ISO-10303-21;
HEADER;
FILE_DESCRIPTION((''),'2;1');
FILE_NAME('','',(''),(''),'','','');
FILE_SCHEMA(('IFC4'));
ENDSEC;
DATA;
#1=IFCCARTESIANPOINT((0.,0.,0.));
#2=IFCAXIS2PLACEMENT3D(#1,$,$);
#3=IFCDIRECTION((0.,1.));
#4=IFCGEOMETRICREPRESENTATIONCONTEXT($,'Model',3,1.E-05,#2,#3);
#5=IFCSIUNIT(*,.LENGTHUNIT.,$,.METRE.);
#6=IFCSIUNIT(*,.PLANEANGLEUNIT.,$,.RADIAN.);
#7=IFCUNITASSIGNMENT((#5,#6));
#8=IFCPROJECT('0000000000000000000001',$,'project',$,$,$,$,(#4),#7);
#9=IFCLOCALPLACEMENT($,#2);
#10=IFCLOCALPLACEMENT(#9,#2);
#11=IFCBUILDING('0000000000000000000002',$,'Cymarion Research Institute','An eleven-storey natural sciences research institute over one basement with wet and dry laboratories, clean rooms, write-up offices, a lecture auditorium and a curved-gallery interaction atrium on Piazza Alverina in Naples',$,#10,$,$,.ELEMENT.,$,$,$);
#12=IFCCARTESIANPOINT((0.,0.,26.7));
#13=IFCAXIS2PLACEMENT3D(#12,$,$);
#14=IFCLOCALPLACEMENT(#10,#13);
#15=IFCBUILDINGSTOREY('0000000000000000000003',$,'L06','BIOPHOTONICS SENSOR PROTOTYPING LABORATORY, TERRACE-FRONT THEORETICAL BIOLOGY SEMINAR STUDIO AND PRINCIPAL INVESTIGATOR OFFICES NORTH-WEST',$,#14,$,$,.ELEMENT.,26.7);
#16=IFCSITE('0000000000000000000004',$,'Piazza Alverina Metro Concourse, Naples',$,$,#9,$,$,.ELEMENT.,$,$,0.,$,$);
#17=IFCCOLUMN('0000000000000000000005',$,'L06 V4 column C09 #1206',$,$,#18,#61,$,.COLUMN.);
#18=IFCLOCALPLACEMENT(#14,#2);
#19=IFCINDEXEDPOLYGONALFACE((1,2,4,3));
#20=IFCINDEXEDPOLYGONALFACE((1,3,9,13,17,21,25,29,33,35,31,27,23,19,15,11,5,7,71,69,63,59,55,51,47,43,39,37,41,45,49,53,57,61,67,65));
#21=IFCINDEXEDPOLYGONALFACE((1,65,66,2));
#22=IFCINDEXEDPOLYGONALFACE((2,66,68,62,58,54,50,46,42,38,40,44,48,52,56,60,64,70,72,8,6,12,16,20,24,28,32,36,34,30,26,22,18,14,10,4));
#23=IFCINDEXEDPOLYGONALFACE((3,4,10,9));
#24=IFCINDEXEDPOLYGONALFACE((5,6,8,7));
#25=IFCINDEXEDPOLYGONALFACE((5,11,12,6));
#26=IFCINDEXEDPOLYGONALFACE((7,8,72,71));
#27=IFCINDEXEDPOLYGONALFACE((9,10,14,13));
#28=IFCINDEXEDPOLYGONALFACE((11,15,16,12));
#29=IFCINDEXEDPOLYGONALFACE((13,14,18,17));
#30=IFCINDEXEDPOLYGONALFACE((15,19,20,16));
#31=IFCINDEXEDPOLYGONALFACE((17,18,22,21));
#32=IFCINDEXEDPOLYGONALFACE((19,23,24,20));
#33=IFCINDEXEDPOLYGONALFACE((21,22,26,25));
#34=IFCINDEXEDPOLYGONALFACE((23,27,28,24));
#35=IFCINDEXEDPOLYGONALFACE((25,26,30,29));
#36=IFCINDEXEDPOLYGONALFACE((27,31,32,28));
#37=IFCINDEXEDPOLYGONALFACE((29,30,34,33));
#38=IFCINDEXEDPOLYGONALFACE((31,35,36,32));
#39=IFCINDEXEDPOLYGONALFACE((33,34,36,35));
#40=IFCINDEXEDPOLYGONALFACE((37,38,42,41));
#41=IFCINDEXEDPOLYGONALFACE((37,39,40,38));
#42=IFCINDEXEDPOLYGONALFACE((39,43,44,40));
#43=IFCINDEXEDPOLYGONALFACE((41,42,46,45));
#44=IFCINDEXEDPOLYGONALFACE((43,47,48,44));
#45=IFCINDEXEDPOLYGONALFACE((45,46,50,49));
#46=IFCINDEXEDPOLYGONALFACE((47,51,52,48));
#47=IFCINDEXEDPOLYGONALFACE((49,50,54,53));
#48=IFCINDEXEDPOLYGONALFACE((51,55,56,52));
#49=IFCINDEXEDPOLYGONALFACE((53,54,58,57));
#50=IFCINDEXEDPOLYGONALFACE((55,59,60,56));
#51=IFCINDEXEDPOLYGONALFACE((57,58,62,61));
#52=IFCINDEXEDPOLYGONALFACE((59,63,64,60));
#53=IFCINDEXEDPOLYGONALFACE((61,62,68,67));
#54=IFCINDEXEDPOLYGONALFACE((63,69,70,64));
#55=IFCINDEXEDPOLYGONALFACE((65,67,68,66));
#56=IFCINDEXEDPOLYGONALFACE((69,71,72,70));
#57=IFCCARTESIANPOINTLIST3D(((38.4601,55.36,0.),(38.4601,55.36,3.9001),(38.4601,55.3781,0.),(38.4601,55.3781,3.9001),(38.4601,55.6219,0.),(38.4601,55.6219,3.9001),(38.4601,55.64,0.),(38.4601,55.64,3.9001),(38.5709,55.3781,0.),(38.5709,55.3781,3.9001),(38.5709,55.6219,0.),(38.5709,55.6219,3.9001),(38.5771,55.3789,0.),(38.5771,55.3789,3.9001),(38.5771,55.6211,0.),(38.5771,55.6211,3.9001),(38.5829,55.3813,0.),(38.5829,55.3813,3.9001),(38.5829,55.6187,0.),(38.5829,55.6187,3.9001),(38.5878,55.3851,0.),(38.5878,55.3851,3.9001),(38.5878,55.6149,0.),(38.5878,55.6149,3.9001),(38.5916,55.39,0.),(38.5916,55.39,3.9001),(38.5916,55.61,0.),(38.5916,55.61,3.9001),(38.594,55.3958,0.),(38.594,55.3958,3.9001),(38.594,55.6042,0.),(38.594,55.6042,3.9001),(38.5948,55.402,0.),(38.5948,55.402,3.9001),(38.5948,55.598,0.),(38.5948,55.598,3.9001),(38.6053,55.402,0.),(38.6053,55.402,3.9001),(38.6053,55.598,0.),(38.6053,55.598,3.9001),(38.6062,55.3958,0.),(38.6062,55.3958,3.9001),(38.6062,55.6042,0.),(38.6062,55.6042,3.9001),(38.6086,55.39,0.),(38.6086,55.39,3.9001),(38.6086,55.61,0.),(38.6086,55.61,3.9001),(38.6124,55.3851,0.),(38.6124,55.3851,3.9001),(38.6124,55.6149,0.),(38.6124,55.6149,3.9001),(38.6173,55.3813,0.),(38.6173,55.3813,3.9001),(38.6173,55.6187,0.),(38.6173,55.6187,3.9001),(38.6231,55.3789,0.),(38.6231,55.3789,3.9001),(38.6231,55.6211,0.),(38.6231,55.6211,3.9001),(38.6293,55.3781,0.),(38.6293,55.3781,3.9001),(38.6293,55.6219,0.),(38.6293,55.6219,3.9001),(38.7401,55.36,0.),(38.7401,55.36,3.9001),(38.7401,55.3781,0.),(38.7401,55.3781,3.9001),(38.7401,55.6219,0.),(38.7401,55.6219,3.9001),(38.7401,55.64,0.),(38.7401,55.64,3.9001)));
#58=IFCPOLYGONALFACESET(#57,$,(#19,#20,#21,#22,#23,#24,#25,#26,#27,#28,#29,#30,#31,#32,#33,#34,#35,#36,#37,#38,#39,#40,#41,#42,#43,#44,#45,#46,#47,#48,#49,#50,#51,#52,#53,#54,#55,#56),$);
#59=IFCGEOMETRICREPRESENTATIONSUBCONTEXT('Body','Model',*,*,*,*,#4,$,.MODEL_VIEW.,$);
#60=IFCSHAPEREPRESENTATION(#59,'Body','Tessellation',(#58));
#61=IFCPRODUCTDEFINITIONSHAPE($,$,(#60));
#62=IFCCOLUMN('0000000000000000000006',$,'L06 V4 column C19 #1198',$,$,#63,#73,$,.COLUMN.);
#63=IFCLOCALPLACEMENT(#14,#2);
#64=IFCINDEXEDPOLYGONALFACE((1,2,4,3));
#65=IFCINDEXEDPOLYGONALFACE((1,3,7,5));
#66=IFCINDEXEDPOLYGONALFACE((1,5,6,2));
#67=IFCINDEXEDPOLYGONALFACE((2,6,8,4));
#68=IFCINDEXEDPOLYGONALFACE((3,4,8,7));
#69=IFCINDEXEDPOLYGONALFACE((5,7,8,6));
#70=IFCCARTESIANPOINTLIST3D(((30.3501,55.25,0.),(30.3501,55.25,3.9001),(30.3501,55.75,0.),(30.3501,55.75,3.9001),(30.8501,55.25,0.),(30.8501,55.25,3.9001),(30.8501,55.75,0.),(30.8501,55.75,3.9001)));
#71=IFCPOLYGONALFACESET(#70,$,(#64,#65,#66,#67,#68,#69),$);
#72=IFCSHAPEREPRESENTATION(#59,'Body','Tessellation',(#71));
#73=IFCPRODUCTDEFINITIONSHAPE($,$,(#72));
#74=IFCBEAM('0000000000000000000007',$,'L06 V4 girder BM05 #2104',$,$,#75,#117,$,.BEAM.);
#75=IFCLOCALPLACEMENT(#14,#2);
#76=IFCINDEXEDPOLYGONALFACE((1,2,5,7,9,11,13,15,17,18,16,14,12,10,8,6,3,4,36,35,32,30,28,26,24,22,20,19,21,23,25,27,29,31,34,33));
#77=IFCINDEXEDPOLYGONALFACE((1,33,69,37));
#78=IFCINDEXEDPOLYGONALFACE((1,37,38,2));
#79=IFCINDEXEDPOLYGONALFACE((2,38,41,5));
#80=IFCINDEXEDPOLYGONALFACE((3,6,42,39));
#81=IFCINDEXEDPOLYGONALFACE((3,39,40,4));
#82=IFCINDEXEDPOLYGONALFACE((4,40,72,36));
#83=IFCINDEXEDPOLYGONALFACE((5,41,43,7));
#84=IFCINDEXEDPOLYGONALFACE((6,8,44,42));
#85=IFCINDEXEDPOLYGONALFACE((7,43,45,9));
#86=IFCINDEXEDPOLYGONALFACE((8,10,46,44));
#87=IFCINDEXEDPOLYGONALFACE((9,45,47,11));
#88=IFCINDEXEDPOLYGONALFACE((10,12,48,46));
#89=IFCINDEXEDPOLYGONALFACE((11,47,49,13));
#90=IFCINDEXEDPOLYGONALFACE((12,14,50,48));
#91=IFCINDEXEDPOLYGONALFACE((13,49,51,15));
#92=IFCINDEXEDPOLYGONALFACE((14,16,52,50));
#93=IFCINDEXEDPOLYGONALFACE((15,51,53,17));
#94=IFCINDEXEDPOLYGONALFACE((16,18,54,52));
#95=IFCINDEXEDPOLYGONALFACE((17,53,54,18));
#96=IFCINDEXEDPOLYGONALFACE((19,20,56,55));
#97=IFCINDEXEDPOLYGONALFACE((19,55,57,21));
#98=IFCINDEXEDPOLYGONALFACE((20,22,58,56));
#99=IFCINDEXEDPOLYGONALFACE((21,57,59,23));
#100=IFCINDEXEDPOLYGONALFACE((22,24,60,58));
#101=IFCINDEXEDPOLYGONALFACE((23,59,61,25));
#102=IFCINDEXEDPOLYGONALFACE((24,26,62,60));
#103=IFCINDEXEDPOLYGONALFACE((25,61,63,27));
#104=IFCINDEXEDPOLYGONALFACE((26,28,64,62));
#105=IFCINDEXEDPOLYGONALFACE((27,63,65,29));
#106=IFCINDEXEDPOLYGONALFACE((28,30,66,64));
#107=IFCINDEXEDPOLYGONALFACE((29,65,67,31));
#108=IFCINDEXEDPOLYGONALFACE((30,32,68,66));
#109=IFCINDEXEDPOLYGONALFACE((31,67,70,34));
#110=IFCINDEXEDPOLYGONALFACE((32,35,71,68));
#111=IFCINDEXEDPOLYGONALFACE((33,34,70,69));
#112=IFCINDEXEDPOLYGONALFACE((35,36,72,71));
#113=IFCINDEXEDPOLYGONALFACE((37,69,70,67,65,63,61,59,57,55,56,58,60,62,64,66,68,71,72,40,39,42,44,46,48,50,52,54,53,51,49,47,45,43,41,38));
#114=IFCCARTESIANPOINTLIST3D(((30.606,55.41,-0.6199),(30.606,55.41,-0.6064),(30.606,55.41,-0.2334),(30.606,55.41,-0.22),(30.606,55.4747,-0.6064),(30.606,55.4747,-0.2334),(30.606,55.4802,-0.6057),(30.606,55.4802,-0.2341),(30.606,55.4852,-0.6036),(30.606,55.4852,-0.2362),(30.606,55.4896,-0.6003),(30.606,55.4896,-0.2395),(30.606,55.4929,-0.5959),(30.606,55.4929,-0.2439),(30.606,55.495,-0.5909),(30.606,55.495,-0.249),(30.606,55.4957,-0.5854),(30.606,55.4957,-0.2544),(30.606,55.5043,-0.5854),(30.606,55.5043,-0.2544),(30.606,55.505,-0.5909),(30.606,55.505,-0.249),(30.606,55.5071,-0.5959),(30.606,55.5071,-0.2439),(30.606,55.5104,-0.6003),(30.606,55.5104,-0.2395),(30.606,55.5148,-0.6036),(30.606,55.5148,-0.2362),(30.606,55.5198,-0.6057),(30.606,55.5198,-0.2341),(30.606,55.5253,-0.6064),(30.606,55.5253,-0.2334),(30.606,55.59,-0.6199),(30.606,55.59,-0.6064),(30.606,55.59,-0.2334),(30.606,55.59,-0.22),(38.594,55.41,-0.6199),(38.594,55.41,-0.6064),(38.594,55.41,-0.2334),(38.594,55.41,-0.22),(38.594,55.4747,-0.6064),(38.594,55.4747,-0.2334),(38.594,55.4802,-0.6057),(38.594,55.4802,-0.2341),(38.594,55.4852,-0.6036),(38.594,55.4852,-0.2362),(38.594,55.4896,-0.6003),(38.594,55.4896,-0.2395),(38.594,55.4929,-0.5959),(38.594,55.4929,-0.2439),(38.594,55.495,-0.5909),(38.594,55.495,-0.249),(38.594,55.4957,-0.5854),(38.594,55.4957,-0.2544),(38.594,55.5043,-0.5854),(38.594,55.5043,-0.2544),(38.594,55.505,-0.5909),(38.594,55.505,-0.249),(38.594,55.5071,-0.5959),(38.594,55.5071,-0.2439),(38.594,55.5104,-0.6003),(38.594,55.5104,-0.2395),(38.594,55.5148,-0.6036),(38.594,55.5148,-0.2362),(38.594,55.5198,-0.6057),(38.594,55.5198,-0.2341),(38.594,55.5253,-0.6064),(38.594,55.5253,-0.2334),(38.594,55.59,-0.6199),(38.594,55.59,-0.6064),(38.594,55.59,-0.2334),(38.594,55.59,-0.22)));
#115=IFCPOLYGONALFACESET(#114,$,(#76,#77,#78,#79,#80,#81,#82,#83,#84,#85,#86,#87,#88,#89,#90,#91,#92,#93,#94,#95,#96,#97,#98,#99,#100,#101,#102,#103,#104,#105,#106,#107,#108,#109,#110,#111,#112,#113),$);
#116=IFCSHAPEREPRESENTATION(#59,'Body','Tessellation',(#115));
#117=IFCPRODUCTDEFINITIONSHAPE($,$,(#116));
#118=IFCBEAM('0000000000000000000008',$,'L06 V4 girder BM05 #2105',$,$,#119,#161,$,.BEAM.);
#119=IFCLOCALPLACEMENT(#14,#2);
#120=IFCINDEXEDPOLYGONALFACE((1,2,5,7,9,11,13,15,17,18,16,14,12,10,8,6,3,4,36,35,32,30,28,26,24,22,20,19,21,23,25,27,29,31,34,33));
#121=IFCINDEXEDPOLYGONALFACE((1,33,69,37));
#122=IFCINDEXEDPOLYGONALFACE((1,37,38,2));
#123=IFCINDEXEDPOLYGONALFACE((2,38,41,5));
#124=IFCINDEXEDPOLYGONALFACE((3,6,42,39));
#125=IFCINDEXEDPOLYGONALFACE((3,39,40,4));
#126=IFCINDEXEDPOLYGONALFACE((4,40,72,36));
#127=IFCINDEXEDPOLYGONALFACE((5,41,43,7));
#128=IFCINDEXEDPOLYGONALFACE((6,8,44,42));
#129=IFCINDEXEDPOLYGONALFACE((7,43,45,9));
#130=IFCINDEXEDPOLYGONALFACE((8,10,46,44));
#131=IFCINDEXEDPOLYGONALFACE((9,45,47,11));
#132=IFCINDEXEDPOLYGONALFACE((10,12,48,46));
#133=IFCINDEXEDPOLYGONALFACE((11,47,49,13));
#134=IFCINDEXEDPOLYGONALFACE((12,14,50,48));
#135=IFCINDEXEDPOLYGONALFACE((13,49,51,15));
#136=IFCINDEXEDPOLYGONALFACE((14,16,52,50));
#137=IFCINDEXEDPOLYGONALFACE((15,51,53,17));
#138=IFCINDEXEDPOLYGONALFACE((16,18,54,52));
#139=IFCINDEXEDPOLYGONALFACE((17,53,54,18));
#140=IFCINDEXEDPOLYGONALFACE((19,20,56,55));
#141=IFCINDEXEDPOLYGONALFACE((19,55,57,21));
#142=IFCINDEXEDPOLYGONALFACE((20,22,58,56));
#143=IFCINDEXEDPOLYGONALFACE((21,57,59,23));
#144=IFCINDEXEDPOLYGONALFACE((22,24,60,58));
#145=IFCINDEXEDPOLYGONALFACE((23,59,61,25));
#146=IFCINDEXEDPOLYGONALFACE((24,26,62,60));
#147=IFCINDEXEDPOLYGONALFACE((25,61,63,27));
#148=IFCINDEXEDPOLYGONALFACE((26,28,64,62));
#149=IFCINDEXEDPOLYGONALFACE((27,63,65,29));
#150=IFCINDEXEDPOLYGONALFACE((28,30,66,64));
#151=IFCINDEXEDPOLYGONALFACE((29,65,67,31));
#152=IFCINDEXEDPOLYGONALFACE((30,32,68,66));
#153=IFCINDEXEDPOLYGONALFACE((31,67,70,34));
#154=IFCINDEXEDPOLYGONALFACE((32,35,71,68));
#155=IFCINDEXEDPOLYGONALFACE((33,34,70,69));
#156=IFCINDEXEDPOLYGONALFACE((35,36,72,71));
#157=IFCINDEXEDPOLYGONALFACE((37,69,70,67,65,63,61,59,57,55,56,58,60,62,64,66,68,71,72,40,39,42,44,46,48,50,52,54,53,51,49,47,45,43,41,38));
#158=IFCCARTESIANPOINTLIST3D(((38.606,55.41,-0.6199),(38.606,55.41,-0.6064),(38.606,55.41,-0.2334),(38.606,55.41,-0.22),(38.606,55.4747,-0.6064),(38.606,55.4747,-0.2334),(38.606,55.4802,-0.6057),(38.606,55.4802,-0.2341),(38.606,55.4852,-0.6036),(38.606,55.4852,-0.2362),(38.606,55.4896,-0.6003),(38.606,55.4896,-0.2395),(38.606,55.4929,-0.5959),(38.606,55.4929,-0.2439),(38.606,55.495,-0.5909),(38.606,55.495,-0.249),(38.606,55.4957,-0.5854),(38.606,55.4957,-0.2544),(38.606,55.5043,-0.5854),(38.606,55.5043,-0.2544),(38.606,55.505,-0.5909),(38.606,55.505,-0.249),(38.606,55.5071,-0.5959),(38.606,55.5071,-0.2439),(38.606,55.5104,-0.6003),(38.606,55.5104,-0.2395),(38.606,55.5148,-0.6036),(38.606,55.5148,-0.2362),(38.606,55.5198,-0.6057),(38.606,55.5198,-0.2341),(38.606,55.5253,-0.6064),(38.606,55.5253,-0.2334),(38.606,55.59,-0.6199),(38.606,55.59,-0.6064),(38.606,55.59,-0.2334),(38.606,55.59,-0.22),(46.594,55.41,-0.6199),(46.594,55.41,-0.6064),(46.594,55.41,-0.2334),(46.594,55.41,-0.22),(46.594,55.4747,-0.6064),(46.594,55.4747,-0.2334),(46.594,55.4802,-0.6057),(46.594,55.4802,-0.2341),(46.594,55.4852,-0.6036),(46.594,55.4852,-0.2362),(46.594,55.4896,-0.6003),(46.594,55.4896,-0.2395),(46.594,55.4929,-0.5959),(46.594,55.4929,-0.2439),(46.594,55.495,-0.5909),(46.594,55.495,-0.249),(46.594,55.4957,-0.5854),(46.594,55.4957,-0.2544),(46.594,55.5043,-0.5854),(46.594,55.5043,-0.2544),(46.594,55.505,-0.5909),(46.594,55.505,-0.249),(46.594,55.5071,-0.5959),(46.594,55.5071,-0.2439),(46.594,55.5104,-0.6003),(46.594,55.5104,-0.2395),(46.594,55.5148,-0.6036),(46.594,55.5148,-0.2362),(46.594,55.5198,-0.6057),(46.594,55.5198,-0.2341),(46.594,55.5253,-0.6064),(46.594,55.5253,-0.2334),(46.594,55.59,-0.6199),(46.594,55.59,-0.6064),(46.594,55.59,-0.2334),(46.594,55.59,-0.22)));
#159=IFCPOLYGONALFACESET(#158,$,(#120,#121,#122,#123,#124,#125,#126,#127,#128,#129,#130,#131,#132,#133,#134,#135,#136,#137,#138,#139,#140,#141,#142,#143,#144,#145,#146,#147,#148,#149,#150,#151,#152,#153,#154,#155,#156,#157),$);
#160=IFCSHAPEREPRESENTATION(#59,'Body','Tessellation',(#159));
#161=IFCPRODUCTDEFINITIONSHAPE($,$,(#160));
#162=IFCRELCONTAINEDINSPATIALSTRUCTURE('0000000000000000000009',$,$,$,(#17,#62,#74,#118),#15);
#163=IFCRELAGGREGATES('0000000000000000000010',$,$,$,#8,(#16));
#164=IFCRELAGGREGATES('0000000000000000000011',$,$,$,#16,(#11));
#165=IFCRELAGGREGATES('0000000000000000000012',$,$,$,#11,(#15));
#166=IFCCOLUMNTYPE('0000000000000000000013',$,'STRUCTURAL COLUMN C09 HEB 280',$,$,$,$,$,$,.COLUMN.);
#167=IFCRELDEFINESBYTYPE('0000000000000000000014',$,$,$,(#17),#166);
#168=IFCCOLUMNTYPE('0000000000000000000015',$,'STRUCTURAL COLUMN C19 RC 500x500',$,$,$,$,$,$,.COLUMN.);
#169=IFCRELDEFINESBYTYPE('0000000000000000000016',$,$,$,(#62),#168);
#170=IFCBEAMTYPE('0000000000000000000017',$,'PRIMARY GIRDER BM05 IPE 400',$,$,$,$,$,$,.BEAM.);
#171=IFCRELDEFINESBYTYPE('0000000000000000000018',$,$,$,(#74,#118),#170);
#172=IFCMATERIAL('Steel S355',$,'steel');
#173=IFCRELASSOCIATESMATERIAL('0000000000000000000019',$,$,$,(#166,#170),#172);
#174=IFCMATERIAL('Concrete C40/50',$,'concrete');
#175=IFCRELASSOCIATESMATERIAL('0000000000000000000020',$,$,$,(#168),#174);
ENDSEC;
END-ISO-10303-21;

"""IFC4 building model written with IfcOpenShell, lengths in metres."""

from ifc_helpers import new_model, si_unit, direction, frame, origin, origin_2d, place, context, subcontext, project, spatial, rectangle, i_section, extrude, material, material_profile, profile_set, type_object, element, save


model = new_model("IFC4")

# Units and contexts
model_context = context("Model", 3, precision=1e-05, world=origin(), true_north=direction((0.0, 1.0)))
body_context = subcontext(model_context, "Body", "Model", "MODEL_VIEW")
ifc_project = project(units=[si_unit("LENGTHUNIT", "METRE"), si_unit("PLANEANGLEUNIT", "RADIAN")], contexts=[model_context])

# Site, building, storey
site_placement = place(None, origin())
site = spatial("IfcSite", under=ifc_project, at=site_placement, Name="Piazza Alverina Metro Concourse, Naples", CompositionType="ELEMENT", RefElevation=0.0)
building_placement = place(site_placement, origin())
building = spatial("IfcBuilding", under=site, at=building_placement, Name="Cymarion Research Institute", Description="An eleven-storey natural sciences research institute over one basement with wet and dry laboratories, clean rooms, write-up offices, a lecture auditorium and a curved-gallery interaction atrium on Piazza Alverina in Naples", CompositionType="ELEMENT")
storey_placement = place(building_placement, frame((0.0, 0.0, 26.7)))
storey = spatial("IfcBuildingStorey", under=building, at=storey_placement, Name="L06", Description="BIOPHOTONICS SENSOR PROTOTYPING LABORATORY, TERRACE-FRONT THEORETICAL BIOLOGY SEMINAR STUDIO AND PRINCIPAL INVESTIGATOR OFFICES NORTH-WEST", CompositionType="ELEMENT", Elevation=26.7)

# Columns
ifc_material_1 = material(Name="Steel S355", Category="steel")
ifc_material_profile_1 = material_profile(ifc_material_1, i_section(OverallWidth=0.28, OverallDepth=0.28, WebThickness=0.0105, FlangeThickness=0.0181, FilletRadius=0.0239, at=origin_2d()), Name="HEB 280")
ifc_profile_set_1 = profile_set([ifc_material_profile_1], Name="Steel S355")
column_type_1 = type_object("IfcColumnType", Name="STRUCTURAL COLUMN C09 HEB 280", PredefinedType="COLUMN", material=ifc_profile_set_1)
column_1_placement = place(storey_placement, frame((38.6001, 55.5, 0.0), z_axis=(0.0, 0.0, 1.0), x_axis=(1.0, 0.0, 0.0)))
element("IfcColumn", 1, at=column_1_placement, inside=storey, type_object=column_type_1, Name="L06 V4 column C09 #1206", PredefinedType="COLUMN", context=body_context, shape_type="SweptSolid", body=[
    extrude(i_section(OverallWidth=0.28, OverallDepth=0.28, WebThickness=0.0105, FlangeThickness=0.0181, FilletRadius=0.0239, at=origin_2d()), origin(), (0.0, 0.0, 1.0), 3.9001),
])
ifc_material_2 = material(Name="Concrete C40/50", Category="concrete")
ifc_material_profile_2 = material_profile(ifc_material_2, rectangle(XDim=0.5, YDim=0.5, at=origin_2d()), Name="RC 500x500")
ifc_profile_set_2 = profile_set([ifc_material_profile_2], Name="Concrete C40/50")
column_type_2 = type_object("IfcColumnType", Name="STRUCTURAL COLUMN C19 RC 500x500", PredefinedType="COLUMN", material=ifc_profile_set_2)
column_2_placement = place(storey_placement, frame((30.6001, 55.5, 0.0), z_axis=(0.0, 0.0, 1.0), x_axis=(1.0, 0.0, 0.0)))
element("IfcColumn", 2, at=column_2_placement, inside=storey, type_object=column_type_2, Name="L06 V4 column C19 #1198", PredefinedType="COLUMN", context=body_context, shape_type="SweptSolid", body=[
    extrude(rectangle(XDim=0.5, YDim=0.5, at=origin_2d()), origin(), (0.0, 0.0, 1.0), 3.9001),
])

# Beams
ifc_material_profile_3 = material_profile(ifc_material_1, i_section(OverallWidth=0.1799, OverallDepth=0.3999, WebThickness=0.0085, FlangeThickness=0.0134, FilletRadius=0.021, at=origin_2d()), Name="IPE 400")
ifc_profile_set_3 = profile_set([ifc_material_profile_3], Name="Steel S355")
beam_type = type_object("IfcBeamType", Name="PRIMARY GIRDER BM05 IPE 400", PredefinedType="BEAM", material=ifc_profile_set_3)
for number, where, z_axis, x_axis, name in (
    (3, (30.606, 55.5, -0.4199), (1.0, 0.0, 0.0), (0.0, 1.0, 0.0), "L06 V4 girder BM05 #2104"),
    (4, (38.606, 55.5, -0.4199), (1.0, 0.0, 0.0), (0.0, 1.0, 0.0), "L06 V4 girder BM05 #2105"),
):
    element("IfcBeam", number, at=place(storey_placement, frame(where, z_axis=z_axis, x_axis=x_axis)), inside=storey, type_object=beam_type, Name=name, PredefinedType="BEAM", context=body_context, shape_type="SweptSolid", body=[
        extrude(i_section(OverallWidth=0.1799, OverallDepth=0.3999, WebThickness=0.0085, FlangeThickness=0.0134, FilletRadius=0.021, at=origin_2d()), origin(), (0.0, 0.0, 1.0), 7.988),
    ])

save(model, "model.ifc")
